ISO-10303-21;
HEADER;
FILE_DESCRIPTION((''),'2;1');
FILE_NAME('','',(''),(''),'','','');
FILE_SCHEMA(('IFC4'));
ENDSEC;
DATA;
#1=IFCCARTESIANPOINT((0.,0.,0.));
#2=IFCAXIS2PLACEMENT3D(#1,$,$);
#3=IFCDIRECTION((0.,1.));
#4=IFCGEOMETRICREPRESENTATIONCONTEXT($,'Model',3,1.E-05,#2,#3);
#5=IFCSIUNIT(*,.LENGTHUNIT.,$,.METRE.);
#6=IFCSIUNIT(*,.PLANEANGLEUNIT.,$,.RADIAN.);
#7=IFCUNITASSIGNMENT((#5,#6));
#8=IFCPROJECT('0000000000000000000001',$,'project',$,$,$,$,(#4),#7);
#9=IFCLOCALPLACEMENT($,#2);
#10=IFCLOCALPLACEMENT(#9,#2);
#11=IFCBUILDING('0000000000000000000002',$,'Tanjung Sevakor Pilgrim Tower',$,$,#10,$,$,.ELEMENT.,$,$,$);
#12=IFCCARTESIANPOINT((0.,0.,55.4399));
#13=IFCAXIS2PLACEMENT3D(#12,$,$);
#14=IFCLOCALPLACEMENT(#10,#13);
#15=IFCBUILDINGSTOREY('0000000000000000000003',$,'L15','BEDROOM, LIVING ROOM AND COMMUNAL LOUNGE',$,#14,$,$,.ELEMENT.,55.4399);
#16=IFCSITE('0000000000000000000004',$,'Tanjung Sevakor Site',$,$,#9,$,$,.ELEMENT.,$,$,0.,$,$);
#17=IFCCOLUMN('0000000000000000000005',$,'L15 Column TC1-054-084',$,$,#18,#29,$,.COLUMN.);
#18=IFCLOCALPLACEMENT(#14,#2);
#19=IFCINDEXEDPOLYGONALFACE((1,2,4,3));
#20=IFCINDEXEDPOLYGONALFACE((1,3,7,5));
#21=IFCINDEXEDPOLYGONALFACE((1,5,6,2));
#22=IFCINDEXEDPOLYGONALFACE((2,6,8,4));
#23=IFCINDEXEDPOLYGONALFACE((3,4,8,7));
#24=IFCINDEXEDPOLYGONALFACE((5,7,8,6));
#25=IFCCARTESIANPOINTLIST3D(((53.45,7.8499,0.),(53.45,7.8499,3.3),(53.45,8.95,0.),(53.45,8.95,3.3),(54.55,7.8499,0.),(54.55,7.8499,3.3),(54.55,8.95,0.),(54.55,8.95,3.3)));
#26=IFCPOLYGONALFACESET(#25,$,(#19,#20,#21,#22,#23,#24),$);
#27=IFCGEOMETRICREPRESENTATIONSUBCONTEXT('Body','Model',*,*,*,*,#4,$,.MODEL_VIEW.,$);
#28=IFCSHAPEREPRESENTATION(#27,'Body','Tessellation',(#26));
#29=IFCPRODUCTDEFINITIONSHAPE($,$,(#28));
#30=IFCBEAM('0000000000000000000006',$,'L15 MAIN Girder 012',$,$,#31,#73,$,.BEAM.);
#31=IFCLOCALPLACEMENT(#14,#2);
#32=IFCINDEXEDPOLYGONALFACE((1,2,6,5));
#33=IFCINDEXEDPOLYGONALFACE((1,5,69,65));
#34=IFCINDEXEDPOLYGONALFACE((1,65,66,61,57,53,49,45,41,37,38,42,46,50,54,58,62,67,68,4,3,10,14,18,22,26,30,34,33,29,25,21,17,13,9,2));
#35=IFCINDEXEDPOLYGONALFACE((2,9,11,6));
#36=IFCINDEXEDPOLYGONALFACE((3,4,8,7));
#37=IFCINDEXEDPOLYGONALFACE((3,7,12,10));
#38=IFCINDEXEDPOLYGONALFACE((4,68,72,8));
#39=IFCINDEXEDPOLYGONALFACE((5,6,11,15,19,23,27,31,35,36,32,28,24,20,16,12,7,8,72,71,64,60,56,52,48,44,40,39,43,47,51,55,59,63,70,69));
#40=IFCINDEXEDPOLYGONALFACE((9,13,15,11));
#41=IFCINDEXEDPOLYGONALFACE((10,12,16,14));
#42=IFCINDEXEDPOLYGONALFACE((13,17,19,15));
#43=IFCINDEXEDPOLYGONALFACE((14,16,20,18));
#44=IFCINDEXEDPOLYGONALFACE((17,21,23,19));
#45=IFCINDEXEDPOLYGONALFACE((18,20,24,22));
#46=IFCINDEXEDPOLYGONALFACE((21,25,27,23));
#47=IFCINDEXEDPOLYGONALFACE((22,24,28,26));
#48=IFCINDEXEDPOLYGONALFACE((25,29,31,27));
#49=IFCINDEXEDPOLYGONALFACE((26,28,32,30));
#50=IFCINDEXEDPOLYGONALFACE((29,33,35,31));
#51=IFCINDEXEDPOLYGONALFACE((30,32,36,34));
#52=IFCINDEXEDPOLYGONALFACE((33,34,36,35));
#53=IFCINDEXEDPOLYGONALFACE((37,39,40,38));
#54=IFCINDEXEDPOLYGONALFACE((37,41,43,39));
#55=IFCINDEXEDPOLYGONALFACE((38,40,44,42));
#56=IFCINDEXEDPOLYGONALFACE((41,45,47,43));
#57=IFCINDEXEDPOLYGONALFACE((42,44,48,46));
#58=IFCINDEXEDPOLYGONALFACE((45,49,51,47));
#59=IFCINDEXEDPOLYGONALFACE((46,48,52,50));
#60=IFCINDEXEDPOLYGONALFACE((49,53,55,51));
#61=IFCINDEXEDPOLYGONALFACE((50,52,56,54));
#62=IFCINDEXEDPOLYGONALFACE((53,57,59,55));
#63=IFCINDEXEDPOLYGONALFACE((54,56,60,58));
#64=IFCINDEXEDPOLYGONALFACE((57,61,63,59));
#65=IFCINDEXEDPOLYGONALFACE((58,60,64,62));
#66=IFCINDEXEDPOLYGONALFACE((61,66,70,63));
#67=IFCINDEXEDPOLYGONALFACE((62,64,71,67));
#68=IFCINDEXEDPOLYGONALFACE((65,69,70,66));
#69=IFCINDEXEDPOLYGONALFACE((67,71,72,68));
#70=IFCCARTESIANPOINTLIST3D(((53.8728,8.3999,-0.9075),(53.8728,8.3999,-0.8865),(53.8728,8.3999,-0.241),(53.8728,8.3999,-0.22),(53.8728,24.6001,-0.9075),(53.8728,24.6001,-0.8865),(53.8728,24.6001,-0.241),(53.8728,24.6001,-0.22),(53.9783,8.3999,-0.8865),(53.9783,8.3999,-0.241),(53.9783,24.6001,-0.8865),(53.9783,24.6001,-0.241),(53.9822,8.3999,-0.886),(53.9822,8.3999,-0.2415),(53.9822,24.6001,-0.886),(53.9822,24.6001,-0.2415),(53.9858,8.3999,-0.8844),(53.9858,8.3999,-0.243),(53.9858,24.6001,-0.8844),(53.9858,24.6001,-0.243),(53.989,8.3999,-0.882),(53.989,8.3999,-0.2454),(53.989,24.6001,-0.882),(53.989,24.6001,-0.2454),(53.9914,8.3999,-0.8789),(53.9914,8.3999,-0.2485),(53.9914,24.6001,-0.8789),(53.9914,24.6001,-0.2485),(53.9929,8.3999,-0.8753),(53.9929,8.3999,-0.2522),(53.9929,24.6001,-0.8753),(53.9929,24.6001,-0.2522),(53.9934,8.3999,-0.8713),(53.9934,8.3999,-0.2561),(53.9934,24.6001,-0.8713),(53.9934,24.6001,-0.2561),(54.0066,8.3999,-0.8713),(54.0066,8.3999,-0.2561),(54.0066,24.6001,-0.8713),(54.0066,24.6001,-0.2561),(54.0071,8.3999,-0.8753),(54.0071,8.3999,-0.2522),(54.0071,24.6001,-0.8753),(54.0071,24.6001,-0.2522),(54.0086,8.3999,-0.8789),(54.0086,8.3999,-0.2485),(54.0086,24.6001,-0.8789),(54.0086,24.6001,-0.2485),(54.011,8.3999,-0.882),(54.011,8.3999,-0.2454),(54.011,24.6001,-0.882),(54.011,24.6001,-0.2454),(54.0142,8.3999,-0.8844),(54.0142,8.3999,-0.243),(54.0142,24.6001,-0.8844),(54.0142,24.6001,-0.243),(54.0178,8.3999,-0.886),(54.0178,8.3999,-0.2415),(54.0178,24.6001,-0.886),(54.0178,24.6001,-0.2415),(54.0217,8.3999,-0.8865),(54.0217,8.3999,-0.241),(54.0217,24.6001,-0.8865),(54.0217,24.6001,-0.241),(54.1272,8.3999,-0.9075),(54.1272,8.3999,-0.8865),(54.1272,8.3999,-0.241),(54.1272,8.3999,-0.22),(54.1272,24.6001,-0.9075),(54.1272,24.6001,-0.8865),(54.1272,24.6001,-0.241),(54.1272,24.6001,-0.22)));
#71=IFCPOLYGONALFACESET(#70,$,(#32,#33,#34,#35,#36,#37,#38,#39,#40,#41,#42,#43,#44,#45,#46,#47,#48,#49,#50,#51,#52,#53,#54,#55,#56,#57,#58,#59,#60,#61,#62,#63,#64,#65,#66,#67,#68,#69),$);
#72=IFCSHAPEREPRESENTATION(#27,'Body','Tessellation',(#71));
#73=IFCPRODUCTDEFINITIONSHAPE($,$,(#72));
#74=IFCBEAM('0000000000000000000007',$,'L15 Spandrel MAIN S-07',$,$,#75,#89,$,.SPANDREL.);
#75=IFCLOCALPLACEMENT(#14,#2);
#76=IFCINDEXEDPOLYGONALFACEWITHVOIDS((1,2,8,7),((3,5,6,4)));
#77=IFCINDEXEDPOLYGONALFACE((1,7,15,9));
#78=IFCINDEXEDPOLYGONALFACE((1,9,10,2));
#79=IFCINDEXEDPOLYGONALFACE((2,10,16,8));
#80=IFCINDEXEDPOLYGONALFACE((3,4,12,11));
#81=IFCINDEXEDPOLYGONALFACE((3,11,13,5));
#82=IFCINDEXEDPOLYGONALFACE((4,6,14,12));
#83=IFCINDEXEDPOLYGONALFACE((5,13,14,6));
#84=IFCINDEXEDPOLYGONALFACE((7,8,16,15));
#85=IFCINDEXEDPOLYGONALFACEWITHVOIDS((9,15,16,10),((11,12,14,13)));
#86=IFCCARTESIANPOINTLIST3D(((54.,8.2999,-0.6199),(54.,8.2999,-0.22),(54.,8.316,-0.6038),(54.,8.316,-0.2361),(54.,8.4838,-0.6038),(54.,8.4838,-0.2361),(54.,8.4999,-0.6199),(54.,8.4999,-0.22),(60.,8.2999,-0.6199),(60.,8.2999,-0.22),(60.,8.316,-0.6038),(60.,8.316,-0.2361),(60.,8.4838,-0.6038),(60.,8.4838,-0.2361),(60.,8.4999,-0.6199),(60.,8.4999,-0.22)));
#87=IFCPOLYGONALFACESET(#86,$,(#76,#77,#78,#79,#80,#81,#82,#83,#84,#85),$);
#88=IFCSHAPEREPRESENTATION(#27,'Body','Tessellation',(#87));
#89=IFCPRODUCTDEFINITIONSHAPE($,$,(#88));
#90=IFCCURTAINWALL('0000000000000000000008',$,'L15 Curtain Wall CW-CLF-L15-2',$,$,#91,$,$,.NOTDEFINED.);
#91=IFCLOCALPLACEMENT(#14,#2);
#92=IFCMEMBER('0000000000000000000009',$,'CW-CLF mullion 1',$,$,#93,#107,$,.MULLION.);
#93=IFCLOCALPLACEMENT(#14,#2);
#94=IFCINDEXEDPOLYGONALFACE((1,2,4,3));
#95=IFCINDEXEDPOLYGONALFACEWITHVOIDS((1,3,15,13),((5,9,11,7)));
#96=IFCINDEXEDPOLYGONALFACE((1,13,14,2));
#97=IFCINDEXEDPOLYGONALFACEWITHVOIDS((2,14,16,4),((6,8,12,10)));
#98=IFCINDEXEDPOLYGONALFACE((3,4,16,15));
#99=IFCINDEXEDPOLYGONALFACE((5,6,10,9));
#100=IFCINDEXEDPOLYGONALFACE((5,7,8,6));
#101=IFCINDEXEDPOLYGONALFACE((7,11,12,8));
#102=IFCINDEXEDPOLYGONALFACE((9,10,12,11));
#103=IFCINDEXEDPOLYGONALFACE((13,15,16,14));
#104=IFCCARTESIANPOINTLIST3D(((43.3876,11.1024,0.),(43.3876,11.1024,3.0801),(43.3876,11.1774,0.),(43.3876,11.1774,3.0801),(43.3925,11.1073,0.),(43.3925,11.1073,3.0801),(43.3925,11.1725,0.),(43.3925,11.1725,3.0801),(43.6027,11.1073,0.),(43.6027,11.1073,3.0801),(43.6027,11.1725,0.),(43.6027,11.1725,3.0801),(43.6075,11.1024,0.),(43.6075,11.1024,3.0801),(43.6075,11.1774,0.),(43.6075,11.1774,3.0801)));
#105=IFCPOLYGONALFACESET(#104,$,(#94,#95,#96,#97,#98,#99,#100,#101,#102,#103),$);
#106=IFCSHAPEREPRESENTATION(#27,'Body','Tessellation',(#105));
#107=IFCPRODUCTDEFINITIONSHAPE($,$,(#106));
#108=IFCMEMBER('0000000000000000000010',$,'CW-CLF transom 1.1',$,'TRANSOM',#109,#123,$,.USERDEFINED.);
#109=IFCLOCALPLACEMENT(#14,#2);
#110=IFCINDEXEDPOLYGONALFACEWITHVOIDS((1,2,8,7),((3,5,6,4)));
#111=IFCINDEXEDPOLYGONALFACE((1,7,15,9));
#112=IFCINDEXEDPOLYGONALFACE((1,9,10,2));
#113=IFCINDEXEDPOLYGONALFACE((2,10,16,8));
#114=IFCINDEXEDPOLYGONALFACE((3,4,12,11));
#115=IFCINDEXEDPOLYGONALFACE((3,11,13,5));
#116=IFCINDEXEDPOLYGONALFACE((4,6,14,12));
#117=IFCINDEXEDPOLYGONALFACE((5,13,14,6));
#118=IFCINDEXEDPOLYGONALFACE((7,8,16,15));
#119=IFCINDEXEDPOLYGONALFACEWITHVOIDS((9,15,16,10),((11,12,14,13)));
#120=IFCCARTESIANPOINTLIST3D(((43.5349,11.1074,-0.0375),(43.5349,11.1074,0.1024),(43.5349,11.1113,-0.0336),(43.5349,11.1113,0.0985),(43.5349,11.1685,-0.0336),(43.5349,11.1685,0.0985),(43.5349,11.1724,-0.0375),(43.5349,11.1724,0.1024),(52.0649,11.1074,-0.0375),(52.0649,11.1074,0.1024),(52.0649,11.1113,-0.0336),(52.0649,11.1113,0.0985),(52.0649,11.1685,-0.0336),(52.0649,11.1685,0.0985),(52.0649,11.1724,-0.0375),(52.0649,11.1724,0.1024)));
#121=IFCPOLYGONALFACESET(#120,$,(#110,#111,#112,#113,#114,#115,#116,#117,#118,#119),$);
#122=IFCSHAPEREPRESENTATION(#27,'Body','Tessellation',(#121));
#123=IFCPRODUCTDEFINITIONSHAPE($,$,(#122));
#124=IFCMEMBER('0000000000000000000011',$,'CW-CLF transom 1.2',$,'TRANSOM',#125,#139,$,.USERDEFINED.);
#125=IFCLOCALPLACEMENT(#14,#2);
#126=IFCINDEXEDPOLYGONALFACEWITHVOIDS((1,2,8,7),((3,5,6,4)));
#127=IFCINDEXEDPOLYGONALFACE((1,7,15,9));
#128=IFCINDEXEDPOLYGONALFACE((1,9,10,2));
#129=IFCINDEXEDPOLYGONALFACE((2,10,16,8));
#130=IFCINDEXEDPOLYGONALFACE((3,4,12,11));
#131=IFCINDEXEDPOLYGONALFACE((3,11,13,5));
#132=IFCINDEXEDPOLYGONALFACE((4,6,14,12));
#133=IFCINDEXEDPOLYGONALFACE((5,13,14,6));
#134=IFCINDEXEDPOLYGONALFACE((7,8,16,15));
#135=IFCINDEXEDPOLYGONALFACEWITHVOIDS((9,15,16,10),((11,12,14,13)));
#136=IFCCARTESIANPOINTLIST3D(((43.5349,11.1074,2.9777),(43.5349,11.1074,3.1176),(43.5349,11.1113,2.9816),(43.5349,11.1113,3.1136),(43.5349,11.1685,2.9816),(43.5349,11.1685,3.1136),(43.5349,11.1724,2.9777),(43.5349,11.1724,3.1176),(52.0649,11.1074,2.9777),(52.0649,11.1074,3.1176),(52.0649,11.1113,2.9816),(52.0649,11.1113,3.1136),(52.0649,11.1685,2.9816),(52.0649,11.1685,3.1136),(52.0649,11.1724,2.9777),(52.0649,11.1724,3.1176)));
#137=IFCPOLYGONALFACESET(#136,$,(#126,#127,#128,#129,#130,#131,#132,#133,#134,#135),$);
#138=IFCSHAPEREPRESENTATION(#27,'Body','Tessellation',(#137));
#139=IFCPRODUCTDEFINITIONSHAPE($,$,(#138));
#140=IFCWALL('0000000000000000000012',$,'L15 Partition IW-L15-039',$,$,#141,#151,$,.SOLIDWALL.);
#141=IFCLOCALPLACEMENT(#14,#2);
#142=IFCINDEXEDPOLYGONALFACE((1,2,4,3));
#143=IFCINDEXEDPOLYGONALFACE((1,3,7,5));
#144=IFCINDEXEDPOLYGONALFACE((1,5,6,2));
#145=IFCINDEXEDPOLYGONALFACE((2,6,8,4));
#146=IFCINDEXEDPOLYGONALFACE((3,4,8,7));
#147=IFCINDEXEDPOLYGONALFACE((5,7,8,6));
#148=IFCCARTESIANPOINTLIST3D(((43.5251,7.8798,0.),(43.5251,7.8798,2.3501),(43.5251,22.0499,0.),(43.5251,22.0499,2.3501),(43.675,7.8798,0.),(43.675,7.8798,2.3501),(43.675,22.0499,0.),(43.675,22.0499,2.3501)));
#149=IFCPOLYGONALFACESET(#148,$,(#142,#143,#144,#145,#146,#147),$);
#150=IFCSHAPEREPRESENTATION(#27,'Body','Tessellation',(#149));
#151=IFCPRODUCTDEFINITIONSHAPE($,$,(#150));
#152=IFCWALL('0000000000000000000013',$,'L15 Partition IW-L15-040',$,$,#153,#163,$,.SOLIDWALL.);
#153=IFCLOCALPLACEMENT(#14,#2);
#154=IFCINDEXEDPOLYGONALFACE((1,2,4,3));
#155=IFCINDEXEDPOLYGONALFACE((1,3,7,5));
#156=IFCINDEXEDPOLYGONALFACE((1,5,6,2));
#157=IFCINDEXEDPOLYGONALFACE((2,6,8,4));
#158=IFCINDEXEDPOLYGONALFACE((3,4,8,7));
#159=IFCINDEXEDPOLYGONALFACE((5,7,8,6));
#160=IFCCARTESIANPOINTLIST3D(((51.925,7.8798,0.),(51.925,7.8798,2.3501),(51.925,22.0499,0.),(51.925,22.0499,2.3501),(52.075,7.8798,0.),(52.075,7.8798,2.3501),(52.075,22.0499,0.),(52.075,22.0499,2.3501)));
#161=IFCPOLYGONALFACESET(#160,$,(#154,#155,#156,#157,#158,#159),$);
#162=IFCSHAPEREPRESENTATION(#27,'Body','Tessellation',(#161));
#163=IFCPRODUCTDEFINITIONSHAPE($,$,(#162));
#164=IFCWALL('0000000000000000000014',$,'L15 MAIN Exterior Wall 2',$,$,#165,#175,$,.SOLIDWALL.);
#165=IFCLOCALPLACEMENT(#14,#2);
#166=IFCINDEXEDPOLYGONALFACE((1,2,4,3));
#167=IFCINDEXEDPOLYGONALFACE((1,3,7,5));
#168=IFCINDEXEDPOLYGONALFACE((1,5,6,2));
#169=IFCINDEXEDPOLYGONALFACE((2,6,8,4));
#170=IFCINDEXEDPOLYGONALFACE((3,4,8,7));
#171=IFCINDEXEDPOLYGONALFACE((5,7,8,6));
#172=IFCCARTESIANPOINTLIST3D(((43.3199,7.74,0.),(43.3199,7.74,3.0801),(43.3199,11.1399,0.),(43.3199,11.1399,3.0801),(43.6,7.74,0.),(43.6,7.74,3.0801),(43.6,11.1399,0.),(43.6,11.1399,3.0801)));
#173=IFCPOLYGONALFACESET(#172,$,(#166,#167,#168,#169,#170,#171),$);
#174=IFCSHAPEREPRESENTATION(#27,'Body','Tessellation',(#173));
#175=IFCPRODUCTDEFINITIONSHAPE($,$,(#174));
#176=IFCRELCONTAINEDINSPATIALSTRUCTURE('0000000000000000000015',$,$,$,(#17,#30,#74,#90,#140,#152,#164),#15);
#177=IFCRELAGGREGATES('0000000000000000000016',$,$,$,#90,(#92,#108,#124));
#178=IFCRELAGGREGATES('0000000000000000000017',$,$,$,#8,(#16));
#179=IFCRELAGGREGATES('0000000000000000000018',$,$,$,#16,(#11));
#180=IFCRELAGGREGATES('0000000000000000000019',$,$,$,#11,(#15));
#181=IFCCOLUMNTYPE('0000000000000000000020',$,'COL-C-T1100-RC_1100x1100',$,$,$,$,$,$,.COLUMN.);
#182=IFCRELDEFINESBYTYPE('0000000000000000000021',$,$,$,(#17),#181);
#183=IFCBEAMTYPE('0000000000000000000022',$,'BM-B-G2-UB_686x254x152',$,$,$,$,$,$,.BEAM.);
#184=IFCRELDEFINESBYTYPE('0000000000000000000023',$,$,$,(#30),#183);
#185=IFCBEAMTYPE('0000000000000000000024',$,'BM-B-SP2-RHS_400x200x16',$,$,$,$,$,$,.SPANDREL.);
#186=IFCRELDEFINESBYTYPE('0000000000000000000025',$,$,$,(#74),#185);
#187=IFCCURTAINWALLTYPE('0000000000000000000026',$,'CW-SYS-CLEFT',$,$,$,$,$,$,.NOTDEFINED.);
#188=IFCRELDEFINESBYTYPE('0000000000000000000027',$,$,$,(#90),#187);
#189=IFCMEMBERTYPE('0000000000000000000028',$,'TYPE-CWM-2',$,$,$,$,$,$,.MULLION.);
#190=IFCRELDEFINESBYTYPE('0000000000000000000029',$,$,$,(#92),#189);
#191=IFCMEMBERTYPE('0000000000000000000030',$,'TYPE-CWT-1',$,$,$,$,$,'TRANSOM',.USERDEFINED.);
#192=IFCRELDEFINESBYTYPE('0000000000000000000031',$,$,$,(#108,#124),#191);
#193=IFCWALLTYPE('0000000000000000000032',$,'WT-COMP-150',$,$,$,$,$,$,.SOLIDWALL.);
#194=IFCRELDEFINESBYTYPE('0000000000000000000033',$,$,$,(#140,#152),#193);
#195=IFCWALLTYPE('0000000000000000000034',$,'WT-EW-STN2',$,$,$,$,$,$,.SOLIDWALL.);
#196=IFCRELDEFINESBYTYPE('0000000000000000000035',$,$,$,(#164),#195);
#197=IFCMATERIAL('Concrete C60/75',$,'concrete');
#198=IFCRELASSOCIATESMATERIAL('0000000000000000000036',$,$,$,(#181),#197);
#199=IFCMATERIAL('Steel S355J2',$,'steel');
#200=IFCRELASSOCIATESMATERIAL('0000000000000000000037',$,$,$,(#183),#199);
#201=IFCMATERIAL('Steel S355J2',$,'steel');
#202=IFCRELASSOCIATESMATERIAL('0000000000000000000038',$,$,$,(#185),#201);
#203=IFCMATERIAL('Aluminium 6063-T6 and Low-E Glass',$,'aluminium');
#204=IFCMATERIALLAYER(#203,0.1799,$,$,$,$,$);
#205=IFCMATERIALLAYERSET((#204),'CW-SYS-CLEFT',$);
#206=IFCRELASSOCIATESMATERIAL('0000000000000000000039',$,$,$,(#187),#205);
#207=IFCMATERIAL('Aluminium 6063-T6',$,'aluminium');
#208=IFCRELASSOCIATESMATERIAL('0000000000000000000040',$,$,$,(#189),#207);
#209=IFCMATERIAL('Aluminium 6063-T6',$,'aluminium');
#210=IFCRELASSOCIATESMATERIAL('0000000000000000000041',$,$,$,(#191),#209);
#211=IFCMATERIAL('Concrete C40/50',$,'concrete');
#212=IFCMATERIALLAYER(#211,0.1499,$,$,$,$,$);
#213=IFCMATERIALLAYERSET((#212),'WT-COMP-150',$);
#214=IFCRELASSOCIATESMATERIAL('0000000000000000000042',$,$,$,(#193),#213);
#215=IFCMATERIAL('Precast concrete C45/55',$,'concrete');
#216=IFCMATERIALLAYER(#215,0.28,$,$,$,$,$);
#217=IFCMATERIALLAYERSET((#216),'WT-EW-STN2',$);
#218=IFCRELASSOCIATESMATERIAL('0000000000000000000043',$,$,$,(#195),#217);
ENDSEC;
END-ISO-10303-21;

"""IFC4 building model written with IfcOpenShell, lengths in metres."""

from ifc_helpers import new_model, si_unit, direction, frame, frame_2d, origin, origin_2d, place, context, subcontext, project, spatial, rectangle, hollow_rectangle, i_section, extrude, material, layer, layer_set, material_profile, profile_set, type_object, element, aggregate, save


model = new_model("IFC4")

# Units and contexts
model_context = context("Model", 3, precision=1e-05, world=origin(), true_north=direction((0.0, 1.0)))
body_context = subcontext(model_context, "Body", "Model", "MODEL_VIEW")
ifc_project = project(units=[si_unit("LENGTHUNIT", "METRE"), si_unit("PLANEANGLEUNIT", "RADIAN")], contexts=[model_context])

# Site, building, storey
site_placement = place(None, origin())
site = spatial("IfcSite", under=ifc_project, at=site_placement, Name="Tanjung Sevakor Site", CompositionType="ELEMENT", RefElevation=0.0)
building_placement = place(site_placement, origin())
building = spatial("IfcBuilding", under=site, at=building_placement, Name="Tanjung Sevakor Pilgrim Tower", CompositionType="ELEMENT")
storey_placement = place(building_placement, frame((0.0, 0.0, 55.4399)))
storey = spatial("IfcBuildingStorey", under=building, at=storey_placement, Name="L15", Description="BEDROOM, LIVING ROOM AND COMMUNAL LOUNGE", CompositionType="ELEMENT", Elevation=55.4399)

# Column
ifc_material_1 = material(Name="Concrete C60/75", Category="concrete")
ifc_material_profile_1 = material_profile(ifc_material_1, rectangle(XDim=1.1001, YDim=1.1001, at=origin_2d()))
ifc_profile_set_1 = profile_set([ifc_material_profile_1], Name="Concrete C60/75")
column_type = type_object("IfcColumnType", Name="COL-C-T1100-RC_1100x1100", PredefinedType="COLUMN", material=ifc_profile_set_1)
column_placement = place(storey_placement, frame((54.0, 8.3999, 0.0), z_axis=(0.0, 0.0, 1.0), x_axis=(1.0, 0.0, 0.0)))
element("IfcColumn", 1, at=column_placement, inside=storey, type_object=column_type, Name="L15 Column TC1-054-084", PredefinedType="COLUMN", context=body_context, shape_type="SweptSolid", body=[
    extrude(rectangle(XDim=1.1001, YDim=1.1001, at=origin_2d()), origin(), (0.0, 0.0, 1.0), 3.3),
])

# Beams
ifc_material_2 = material(Name="Steel S355J2", Category="steel")
ifc_material_profile_2 = material_profile(ifc_material_2, i_section(OverallWidth=0.2544, OverallDepth=0.6875, WebThickness=0.0132, FlangeThickness=0.021, FilletRadius=0.0151, at=origin_2d()))
ifc_profile_set_2 = profile_set([ifc_material_profile_2], Name="Steel S355J2")
beam_type_1 = type_object("IfcBeamType", Name="BM-B-G2-UB_686x254x152", PredefinedType="BEAM", material=ifc_profile_set_2)
beam_1_placement = place(storey_placement, frame((54.0, 8.3999, -0.5637), z_axis=(0.0, 1.0, 0.0), x_axis=(-1.0, 0.0, 0.0)))
element("IfcBeam", 2, at=beam_1_placement, inside=storey, type_object=beam_type_1, Name="L15 MAIN Girder 012", PredefinedType="BEAM", context=body_context, shape_type="SweptSolid", body=[
    extrude(i_section(OverallWidth=0.2544, OverallDepth=0.6875, WebThickness=0.0132, FlangeThickness=0.021, FilletRadius=0.0151, at=origin_2d()), origin(), (0.0, 0.0, 1.0), 16.2002),
])
ifc_material_3 = material(Name="Steel S355J2", Category="steel")
ifc_material_profile_3 = material_profile(ifc_material_3, hollow_rectangle(XDim=0.2, YDim=0.3999, WallThickness=0.0161, at=origin_2d()))
ifc_profile_set_3 = profile_set([ifc_material_profile_3], Name="Steel S355J2")
beam_type_2 = type_object("IfcBeamType", Name="BM-B-SP2-RHS_400x200x16", PredefinedType="SPANDREL", material=ifc_profile_set_3)
beam_2_placement = place(storey_placement, frame((54.0, 8.3999, -0.4199), z_axis=(1.0, 0.0, 0.0), x_axis=(0.0, 1.0, 0.0)))
element("IfcBeam", 3, at=beam_2_placement, inside=storey, type_object=beam_type_2, Name="L15 Spandrel MAIN S-07", PredefinedType="SPANDREL", context=body_context, shape_type="SweptSolid", body=[
    extrude(hollow_rectangle(XDim=0.2, YDim=0.3999, WallThickness=0.0161, at=origin_2d()), origin(), (0.0, 0.0, 1.0), 6.0),
])

# Curtain wall, members
ifc_material_4 = material(Name="Aluminium 6063-T6 and Low-E Glass", Category="aluminium")
ifc_layer_1 = layer(ifc_material_4, 0.1799)
ifc_layer_set_1 = layer_set([ifc_layer_1], Name="CW-SYS-CLEFT")
curtain_wall_type = type_object("IfcCurtainWallType", Name="CW-SYS-CLEFT", PredefinedType="NOTDEFINED", material=ifc_layer_set_1)
curtain_wall_placement = place(storey_placement, origin())
curtain_wall = element("IfcCurtainWall", 4, at=curtain_wall_placement, inside=storey, type_object=curtain_wall_type, Name="L15 Curtain Wall CW-CLF-L15-2", PredefinedType="NOTDEFINED")
ifc_material_5 = material(Name="Aluminium 6063-T6", Category="aluminium")
ifc_material_profile_4 = material_profile(ifc_material_5, hollow_rectangle(XDim=0.075, YDim=0.22, WallThickness=0.0049, at=origin_2d()))
ifc_profile_set_4 = profile_set([ifc_material_profile_4], Name="Aluminium 6063-T6")
member_type_1 = type_object("IfcMemberType", Name="TYPE-CWM-2", PredefinedType="MULLION", material=ifc_profile_set_4)
member_1_placement = place(storey_placement, frame((43.4976, 11.1399, 0.0), z_axis=(0.0, 0.0, 1.0), x_axis=(0.0, 1.0, 0.0)))
member_1 = element("IfcMember", 5, at=member_1_placement, type_object=member_type_1, Name="CW-CLF mullion 1", PredefinedType="MULLION", context=body_context, shape_type="SweptSolid", body=[
    extrude(hollow_rectangle(XDim=0.075, YDim=0.22, WallThickness=0.0049, at=origin_2d()), origin(), (0.0, 0.0, 1.0), 3.0801),
])
ifc_material_6 = material(Name="Aluminium 6063-T6", Category="aluminium")
ifc_material_profile_5 = material_profile(ifc_material_6, hollow_rectangle(XDim=0.0649, YDim=0.1399, WallThickness=0.0039, at=origin_2d()))
ifc_profile_set_5 = profile_set([ifc_material_profile_5], Name="Aluminium 6063-T6")
member_type_2 = type_object("IfcMemberType", Name="TYPE-CWT-1", ElementType="TRANSOM", PredefinedType="USERDEFINED", material=ifc_profile_set_5)
member_2_placement = place(storey_placement, frame((43.5349, 11.1399, 0.0325), z_axis=(1.0, 0.0, 0.0), x_axis=(0.0, 1.0, 0.0)))
member_2 = element("IfcMember", 6, at=member_2_placement, type_object=member_type_2, Name="CW-CLF transom 1.1", ObjectType="TRANSOM", PredefinedType="USERDEFINED", context=body_context, shape_type="SweptSolid", body=[
    extrude(hollow_rectangle(XDim=0.0649, YDim=0.1399, WallThickness=0.0039, at=origin_2d()), origin(), (0.0, 0.0, 1.0), 8.53),
])
member_3_placement = place(storey_placement, frame((43.5349, 11.1399, 3.0476), z_axis=(1.0, 0.0, 0.0), x_axis=(0.0, 1.0, 0.0)))
member_3 = element("IfcMember", 7, at=member_3_placement, type_object=member_type_2, Name="CW-CLF transom 1.2", ObjectType="TRANSOM", PredefinedType="USERDEFINED", context=body_context, shape_type="SweptSolid", body=[
    extrude(hollow_rectangle(XDim=0.0649, YDim=0.1399, WallThickness=0.0039, at=origin_2d()), origin(), (0.0, 0.0, 1.0), 8.53),
])
aggregate(curtain_wall, [member_1, member_2, member_3])

# Walls
ifc_material_7 = material(Name="Concrete C40/50", Category="concrete")
ifc_layer_2 = layer(ifc_material_7, 0.1499)
ifc_layer_set_2 = layer_set([ifc_layer_2], Name="WT-COMP-150")
wall_type_1 = type_object("IfcWallType", Name="WT-COMP-150", PredefinedType="SOLIDWALL", material=ifc_layer_set_2)
for number, where, z_axis, x_axis, name in (
    (8, (43.6001, 7.8799, 0.0), (0.0, 0.0, 1.0), (0.0, 1.0, 0.0), "L15 Partition IW-L15-039"),
    (9, (52.0, 7.8799, 0.0), (0.0, 0.0, 1.0), (0.0, 1.0, 0.0), "L15 Partition IW-L15-040"),
):
    element("IfcWall", number, at=place(storey_placement, frame(where, z_axis=z_axis, x_axis=x_axis)), inside=storey, type_object=wall_type_1, Name=name, PredefinedType="SOLIDWALL", context=body_context, shape_type="SweptSolid", body=[
        extrude(rectangle(XDim=14.1702, YDim=0.1499, at=frame_2d((7.085, 0.0))), origin(), (0.0, 0.0, 1.0), 2.3501),
    ])
ifc_material_8 = material(Name="Precast concrete C45/55", Category="concrete")
ifc_layer_3 = layer(ifc_material_8, 0.28)
ifc_layer_set_3 = layer_set([ifc_layer_3], Name="WT-EW-STN2")
wall_type_2 = type_object("IfcWallType", Name="WT-EW-STN2", PredefinedType="SOLIDWALL", material=ifc_layer_set_3)
wall_1_placement = place(storey_placement, frame((43.46, 7.74, 0.0), z_axis=(0.0, 0.0, 1.0), x_axis=(0.0, 1.0, 0.0)))
element("IfcWall", 10, at=wall_1_placement, inside=storey, type_object=wall_type_2, Name="L15 MAIN Exterior Wall 2", PredefinedType="SOLIDWALL", context=body_context, shape_type="SweptSolid", body=[
    extrude(rectangle(XDim=3.3999, YDim=0.28, at=frame_2d((1.7, 0.0))), origin(), (0.0, 0.0, 1.0), 3.0801),
])

save(model, "model.ifc")
